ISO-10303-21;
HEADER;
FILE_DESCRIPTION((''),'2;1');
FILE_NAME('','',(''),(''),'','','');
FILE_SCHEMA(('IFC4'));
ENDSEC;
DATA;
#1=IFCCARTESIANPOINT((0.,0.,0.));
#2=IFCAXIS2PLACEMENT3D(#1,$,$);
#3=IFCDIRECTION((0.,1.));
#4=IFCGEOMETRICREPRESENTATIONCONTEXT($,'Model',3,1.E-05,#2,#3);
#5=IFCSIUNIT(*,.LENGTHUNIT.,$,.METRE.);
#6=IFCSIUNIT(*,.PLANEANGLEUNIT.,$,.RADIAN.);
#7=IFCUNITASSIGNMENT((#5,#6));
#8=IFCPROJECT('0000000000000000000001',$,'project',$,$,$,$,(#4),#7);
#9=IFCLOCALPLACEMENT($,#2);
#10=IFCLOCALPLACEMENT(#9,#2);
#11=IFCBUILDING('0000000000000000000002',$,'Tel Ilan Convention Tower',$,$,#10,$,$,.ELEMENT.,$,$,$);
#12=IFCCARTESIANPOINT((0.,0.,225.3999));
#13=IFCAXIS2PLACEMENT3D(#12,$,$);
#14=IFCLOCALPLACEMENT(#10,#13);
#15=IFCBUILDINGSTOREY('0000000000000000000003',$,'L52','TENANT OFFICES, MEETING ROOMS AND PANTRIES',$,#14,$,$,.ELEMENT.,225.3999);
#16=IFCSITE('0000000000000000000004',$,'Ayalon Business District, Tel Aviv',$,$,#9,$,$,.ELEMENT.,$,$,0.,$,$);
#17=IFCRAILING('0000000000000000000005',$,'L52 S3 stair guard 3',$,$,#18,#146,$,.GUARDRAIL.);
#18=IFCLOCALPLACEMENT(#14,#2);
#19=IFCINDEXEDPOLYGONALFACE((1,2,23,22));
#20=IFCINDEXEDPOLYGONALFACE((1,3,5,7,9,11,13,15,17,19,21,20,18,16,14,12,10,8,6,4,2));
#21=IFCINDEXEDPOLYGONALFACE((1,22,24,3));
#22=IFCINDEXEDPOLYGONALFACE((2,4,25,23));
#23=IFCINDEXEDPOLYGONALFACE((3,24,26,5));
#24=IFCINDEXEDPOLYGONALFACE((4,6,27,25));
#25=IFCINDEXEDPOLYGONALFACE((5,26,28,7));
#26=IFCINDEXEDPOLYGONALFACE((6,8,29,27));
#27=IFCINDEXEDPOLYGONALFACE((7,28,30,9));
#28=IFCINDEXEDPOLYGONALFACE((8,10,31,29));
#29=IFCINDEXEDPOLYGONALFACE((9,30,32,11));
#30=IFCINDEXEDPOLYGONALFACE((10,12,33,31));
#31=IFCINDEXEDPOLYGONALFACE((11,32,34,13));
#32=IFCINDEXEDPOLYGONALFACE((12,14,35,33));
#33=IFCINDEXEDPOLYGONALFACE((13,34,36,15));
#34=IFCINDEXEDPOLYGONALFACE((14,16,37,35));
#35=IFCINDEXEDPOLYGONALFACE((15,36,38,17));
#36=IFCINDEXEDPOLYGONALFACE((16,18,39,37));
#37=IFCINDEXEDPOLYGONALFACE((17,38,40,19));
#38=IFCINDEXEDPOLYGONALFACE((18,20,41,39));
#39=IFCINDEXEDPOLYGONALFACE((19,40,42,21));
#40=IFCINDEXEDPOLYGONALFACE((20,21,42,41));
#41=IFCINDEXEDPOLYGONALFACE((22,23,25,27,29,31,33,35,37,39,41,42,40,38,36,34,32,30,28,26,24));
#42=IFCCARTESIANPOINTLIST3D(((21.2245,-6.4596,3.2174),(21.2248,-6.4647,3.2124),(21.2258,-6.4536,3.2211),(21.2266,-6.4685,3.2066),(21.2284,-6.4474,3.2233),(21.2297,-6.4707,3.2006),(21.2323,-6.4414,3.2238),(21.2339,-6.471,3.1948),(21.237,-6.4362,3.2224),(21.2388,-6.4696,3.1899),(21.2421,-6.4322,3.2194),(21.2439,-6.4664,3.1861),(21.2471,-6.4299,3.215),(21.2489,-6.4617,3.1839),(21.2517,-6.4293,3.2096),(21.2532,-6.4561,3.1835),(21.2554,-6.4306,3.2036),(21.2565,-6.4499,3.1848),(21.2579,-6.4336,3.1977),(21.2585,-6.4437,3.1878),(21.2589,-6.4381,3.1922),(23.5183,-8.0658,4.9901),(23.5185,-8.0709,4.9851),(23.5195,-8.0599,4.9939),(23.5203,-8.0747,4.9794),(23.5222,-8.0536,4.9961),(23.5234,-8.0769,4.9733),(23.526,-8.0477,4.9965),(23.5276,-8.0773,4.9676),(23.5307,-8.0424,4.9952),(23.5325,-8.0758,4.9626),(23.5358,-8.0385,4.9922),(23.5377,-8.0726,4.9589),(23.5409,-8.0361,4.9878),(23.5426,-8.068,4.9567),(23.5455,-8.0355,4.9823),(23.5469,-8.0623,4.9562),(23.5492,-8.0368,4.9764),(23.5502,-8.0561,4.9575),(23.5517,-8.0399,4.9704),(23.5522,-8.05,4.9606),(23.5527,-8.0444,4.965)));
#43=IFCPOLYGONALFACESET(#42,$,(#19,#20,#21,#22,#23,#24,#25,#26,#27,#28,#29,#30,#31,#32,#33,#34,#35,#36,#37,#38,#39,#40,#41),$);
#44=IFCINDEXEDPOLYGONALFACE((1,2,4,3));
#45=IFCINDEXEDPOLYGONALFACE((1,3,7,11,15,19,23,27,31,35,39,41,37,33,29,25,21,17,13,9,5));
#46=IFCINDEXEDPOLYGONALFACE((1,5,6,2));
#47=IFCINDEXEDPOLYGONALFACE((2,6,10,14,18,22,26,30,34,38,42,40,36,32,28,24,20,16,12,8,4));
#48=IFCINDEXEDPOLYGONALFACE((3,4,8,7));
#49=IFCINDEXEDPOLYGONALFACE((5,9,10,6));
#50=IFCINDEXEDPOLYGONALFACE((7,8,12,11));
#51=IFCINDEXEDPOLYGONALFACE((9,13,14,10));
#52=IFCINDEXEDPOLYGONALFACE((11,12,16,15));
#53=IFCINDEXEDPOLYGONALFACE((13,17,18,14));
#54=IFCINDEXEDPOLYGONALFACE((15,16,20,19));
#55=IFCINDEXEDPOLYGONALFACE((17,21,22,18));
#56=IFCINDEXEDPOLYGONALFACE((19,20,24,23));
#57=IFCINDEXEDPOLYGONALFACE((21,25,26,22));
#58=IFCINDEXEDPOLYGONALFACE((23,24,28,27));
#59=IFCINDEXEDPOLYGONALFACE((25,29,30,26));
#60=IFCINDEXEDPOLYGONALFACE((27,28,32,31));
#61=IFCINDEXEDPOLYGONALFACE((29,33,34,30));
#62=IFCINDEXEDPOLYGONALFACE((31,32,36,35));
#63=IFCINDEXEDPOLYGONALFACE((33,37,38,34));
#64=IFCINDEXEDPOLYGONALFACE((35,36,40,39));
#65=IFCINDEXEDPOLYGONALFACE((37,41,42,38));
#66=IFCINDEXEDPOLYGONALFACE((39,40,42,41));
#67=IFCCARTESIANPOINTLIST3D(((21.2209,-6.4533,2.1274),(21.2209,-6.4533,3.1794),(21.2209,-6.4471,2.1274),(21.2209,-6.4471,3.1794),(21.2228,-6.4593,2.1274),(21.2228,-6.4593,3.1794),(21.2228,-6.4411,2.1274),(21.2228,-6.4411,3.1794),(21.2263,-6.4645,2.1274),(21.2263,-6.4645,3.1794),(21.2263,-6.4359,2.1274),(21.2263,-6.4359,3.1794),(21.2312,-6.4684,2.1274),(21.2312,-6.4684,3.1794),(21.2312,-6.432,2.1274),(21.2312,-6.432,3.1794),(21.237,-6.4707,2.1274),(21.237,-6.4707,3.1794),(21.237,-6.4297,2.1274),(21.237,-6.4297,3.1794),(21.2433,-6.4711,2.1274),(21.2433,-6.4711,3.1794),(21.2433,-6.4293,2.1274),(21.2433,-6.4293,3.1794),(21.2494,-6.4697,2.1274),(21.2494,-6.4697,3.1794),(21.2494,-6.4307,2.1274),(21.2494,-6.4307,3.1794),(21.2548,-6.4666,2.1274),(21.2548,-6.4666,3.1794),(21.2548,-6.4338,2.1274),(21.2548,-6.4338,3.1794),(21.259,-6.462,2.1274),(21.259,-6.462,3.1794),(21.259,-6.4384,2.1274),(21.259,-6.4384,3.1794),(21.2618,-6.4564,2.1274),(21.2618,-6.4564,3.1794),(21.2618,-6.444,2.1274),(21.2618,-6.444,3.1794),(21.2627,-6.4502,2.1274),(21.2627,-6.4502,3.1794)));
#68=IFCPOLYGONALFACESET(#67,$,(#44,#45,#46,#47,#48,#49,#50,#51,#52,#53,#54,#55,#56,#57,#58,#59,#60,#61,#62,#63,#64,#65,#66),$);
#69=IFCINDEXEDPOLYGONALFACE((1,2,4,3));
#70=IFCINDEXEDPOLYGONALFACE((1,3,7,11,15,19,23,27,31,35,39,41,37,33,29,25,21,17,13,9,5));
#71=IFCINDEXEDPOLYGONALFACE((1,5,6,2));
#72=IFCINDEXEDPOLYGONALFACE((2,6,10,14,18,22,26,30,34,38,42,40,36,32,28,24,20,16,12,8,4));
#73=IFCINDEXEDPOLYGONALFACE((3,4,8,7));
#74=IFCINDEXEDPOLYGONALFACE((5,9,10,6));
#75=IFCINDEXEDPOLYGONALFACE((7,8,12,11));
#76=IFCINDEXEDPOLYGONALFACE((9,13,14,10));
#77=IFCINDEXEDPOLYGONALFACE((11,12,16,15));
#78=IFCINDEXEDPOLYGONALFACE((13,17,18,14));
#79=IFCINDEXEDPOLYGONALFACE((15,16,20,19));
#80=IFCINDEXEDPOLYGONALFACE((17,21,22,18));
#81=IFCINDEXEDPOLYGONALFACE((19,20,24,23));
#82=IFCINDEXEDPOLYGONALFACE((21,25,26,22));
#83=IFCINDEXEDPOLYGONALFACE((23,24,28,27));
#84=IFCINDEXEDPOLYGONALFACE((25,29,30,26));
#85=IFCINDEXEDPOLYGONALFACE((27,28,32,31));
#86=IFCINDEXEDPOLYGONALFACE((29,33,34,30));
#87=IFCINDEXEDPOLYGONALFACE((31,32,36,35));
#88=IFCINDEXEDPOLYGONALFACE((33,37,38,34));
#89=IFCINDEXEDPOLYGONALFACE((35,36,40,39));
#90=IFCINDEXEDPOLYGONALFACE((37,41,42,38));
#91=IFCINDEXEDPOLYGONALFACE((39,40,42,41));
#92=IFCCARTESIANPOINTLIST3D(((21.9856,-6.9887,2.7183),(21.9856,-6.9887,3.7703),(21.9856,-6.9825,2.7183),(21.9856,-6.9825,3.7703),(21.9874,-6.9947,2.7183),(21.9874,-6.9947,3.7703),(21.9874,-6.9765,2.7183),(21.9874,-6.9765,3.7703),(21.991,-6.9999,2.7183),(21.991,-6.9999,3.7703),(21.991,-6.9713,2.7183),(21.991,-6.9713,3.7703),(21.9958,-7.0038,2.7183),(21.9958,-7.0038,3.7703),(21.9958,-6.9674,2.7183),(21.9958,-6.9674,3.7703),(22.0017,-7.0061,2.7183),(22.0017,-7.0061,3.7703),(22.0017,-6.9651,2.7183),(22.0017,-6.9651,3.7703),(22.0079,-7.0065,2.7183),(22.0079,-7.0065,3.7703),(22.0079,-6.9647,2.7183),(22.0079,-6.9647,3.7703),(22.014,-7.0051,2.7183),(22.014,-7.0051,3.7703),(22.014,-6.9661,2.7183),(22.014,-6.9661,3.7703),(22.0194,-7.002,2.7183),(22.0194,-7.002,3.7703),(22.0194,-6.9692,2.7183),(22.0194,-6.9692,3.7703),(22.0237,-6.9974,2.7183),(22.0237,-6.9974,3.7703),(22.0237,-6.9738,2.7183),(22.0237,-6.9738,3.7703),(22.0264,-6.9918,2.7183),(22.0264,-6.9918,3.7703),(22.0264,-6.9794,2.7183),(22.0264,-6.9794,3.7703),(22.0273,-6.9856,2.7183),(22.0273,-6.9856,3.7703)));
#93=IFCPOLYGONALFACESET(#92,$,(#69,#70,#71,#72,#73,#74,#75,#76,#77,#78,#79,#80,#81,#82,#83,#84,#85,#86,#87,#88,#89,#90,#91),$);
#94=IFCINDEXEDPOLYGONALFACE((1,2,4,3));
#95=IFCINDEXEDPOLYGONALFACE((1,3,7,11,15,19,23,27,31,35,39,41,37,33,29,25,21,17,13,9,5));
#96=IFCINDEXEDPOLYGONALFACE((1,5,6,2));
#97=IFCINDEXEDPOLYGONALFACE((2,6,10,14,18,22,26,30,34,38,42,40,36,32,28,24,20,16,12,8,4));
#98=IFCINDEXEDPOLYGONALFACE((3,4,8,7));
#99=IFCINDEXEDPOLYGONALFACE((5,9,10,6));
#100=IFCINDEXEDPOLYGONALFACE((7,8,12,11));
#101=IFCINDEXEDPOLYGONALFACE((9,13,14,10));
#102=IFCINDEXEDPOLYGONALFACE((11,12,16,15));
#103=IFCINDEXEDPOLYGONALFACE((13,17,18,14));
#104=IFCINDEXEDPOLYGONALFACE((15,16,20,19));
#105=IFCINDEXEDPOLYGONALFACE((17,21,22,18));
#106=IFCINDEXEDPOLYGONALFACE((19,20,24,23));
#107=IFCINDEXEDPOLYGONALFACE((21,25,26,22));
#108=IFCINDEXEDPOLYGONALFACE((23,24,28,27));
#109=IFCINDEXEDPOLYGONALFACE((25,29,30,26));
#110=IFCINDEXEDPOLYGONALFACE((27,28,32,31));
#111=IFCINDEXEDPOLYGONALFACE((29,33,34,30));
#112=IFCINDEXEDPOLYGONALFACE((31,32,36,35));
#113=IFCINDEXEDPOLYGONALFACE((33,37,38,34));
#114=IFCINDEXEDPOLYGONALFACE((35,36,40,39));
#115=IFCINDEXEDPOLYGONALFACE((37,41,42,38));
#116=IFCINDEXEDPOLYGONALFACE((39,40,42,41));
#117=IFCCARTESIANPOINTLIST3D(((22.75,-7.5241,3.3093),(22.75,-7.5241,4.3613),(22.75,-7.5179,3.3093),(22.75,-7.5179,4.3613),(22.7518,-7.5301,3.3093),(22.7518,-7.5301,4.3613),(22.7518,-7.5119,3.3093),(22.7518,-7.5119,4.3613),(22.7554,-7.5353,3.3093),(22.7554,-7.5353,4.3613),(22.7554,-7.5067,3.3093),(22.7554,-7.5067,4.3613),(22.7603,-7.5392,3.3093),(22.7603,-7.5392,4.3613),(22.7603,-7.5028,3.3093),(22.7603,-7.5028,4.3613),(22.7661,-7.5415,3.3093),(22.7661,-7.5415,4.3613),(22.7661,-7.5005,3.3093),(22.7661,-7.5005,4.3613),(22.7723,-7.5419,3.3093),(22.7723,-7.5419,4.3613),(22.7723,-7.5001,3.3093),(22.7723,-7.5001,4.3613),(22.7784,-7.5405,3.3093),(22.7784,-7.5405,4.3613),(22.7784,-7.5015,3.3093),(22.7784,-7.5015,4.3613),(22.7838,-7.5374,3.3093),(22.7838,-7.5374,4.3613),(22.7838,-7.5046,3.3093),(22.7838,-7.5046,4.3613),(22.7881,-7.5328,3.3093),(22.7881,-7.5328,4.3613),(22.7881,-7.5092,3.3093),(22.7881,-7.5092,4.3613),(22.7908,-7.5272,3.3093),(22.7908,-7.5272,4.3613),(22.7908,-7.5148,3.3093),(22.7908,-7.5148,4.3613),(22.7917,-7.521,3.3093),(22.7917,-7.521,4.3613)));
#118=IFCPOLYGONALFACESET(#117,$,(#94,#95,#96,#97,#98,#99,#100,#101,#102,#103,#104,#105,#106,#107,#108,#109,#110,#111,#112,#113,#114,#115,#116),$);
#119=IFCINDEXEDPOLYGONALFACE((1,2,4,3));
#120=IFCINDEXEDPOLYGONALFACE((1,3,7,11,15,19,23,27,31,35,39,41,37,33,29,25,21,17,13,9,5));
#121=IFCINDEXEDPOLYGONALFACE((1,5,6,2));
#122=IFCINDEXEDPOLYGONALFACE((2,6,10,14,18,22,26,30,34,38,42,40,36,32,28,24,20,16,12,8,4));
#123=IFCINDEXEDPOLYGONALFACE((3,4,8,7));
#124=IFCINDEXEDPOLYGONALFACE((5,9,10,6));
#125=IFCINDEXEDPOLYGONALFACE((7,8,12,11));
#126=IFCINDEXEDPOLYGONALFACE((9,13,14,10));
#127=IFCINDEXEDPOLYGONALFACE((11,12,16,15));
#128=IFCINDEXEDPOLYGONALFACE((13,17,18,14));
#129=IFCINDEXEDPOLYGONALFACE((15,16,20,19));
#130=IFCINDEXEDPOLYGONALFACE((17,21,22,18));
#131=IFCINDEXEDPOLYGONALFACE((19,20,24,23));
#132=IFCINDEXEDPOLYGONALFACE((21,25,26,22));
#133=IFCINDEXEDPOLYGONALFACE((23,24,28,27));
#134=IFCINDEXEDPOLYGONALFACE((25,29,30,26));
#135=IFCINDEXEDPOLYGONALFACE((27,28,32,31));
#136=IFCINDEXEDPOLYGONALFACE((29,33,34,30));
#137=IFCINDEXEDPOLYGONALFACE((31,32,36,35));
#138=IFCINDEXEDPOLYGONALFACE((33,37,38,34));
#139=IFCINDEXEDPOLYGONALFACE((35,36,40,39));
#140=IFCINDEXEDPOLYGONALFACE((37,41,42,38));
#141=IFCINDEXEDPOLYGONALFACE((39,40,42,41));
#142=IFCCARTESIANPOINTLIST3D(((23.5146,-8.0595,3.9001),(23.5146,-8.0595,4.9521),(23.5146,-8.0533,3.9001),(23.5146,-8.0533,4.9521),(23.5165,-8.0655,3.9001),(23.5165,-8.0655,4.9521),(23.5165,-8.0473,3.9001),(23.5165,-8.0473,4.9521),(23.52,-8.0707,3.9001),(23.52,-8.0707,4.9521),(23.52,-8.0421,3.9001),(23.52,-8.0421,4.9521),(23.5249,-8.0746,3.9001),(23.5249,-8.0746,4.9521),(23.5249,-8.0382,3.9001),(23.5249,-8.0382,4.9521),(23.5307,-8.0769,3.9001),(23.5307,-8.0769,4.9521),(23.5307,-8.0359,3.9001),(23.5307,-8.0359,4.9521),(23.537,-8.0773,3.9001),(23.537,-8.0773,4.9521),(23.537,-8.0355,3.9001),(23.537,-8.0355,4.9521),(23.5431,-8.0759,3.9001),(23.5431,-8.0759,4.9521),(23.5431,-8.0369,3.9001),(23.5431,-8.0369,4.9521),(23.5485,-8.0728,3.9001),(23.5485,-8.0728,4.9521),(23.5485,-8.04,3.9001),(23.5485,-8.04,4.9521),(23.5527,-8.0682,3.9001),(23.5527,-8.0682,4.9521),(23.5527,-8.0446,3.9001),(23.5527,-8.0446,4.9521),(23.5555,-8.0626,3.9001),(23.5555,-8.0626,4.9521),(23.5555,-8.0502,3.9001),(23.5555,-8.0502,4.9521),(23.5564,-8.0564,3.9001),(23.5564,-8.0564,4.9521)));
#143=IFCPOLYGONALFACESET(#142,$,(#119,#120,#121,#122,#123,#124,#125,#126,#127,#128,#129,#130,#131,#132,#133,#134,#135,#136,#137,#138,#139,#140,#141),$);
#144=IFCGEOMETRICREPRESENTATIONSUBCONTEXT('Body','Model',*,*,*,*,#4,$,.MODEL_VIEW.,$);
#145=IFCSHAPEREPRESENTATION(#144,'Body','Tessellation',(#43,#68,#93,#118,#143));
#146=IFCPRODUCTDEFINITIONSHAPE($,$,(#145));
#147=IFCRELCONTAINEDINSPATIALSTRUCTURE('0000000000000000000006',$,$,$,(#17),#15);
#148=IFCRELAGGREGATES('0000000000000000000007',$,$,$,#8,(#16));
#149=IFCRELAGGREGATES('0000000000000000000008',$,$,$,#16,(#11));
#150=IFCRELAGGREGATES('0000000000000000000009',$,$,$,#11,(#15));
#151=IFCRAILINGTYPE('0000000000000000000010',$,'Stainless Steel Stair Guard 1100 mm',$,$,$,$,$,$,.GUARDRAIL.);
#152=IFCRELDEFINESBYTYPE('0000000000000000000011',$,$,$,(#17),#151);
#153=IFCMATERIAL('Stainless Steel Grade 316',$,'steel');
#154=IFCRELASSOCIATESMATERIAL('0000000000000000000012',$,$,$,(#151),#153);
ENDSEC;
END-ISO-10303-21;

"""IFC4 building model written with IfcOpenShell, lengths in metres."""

from ifc_helpers import new_model, si_unit, direction, frame, origin, origin_2d, place, context, subcontext, project, spatial, circle, extrude, material, type_object, element, save


model = new_model("IFC4")

# Units and contexts
model_context = context("Model", 3, precision=1e-05, world=origin(), true_north=direction((0.0, 1.0)))
body_context = subcontext(model_context, "Body", "Model", "MODEL_VIEW")
ifc_project = project(units=[si_unit("LENGTHUNIT", "METRE"), si_unit("PLANEANGLEUNIT", "RADIAN")], contexts=[model_context])

# Site, building, storey
site_placement = place(None, origin())
site = spatial("IfcSite", under=ifc_project, at=site_placement, Name="Ayalon Business District, Tel Aviv", CompositionType="ELEMENT", RefElevation=0.0)
building_placement = place(site_placement, origin())
building = spatial("IfcBuilding", under=site, at=building_placement, Name="Tel Ilan Convention Tower", CompositionType="ELEMENT")
storey_placement = place(building_placement, frame((0.0, 0.0, 225.3999)))
storey = spatial("IfcBuildingStorey", under=building, at=storey_placement, Name="L52", Description="TENANT OFFICES, MEETING ROOMS AND PANTRIES", CompositionType="ELEMENT", Elevation=225.3999)

# Railing
ifc_material_1 = material(Name="Stainless Steel Grade 316", Category="steel")
railing_type_1 = type_object("IfcRailingType", Name="Stainless Steel Stair Guard 1100 mm", PredefinedType="GUARDRAIL", material=ifc_material_1)
railing_1_placement = place(storey_placement, frame((21.2417, -6.4502, 2.1274)))
element("IfcRailing", 1, at=railing_1_placement, inside=storey, type_object=railing_type_1, Name="L52 S3 stair guard 3", PredefinedType="GUARDRAIL", context=body_context, shape_type="SweptSolid", body=[
    extrude(circle(Radius=0.0239, at=origin_2d()), frame((0.0, 0.0, 1.0762), z_axis=(0.692098, -0.484653, 0.534894), x_axis=(0.573609, 0.81913, 0.0)), (0.0, 0.0, 1.0), 3.3142),
    extrude(circle(Radius=0.021, at=origin_2d()), origin(), (0.0, 0.0, 1.0), 1.052),
    extrude(circle(Radius=0.021, at=origin_2d()), frame((0.7646, -0.5354, 0.5908)), (0.0, 0.0, 1.0), 1.052),
    extrude(circle(Radius=0.021, at=origin_2d()), frame((1.5291, -1.0708, 1.1819)), (0.0, 0.0, 1.0), 1.052),
    extrude(circle(Radius=0.021, at=origin_2d()), frame((2.2937, -1.6062, 1.7727)), (0.0, 0.0, 1.0), 1.052),
])

save(model, "model.ifc")
